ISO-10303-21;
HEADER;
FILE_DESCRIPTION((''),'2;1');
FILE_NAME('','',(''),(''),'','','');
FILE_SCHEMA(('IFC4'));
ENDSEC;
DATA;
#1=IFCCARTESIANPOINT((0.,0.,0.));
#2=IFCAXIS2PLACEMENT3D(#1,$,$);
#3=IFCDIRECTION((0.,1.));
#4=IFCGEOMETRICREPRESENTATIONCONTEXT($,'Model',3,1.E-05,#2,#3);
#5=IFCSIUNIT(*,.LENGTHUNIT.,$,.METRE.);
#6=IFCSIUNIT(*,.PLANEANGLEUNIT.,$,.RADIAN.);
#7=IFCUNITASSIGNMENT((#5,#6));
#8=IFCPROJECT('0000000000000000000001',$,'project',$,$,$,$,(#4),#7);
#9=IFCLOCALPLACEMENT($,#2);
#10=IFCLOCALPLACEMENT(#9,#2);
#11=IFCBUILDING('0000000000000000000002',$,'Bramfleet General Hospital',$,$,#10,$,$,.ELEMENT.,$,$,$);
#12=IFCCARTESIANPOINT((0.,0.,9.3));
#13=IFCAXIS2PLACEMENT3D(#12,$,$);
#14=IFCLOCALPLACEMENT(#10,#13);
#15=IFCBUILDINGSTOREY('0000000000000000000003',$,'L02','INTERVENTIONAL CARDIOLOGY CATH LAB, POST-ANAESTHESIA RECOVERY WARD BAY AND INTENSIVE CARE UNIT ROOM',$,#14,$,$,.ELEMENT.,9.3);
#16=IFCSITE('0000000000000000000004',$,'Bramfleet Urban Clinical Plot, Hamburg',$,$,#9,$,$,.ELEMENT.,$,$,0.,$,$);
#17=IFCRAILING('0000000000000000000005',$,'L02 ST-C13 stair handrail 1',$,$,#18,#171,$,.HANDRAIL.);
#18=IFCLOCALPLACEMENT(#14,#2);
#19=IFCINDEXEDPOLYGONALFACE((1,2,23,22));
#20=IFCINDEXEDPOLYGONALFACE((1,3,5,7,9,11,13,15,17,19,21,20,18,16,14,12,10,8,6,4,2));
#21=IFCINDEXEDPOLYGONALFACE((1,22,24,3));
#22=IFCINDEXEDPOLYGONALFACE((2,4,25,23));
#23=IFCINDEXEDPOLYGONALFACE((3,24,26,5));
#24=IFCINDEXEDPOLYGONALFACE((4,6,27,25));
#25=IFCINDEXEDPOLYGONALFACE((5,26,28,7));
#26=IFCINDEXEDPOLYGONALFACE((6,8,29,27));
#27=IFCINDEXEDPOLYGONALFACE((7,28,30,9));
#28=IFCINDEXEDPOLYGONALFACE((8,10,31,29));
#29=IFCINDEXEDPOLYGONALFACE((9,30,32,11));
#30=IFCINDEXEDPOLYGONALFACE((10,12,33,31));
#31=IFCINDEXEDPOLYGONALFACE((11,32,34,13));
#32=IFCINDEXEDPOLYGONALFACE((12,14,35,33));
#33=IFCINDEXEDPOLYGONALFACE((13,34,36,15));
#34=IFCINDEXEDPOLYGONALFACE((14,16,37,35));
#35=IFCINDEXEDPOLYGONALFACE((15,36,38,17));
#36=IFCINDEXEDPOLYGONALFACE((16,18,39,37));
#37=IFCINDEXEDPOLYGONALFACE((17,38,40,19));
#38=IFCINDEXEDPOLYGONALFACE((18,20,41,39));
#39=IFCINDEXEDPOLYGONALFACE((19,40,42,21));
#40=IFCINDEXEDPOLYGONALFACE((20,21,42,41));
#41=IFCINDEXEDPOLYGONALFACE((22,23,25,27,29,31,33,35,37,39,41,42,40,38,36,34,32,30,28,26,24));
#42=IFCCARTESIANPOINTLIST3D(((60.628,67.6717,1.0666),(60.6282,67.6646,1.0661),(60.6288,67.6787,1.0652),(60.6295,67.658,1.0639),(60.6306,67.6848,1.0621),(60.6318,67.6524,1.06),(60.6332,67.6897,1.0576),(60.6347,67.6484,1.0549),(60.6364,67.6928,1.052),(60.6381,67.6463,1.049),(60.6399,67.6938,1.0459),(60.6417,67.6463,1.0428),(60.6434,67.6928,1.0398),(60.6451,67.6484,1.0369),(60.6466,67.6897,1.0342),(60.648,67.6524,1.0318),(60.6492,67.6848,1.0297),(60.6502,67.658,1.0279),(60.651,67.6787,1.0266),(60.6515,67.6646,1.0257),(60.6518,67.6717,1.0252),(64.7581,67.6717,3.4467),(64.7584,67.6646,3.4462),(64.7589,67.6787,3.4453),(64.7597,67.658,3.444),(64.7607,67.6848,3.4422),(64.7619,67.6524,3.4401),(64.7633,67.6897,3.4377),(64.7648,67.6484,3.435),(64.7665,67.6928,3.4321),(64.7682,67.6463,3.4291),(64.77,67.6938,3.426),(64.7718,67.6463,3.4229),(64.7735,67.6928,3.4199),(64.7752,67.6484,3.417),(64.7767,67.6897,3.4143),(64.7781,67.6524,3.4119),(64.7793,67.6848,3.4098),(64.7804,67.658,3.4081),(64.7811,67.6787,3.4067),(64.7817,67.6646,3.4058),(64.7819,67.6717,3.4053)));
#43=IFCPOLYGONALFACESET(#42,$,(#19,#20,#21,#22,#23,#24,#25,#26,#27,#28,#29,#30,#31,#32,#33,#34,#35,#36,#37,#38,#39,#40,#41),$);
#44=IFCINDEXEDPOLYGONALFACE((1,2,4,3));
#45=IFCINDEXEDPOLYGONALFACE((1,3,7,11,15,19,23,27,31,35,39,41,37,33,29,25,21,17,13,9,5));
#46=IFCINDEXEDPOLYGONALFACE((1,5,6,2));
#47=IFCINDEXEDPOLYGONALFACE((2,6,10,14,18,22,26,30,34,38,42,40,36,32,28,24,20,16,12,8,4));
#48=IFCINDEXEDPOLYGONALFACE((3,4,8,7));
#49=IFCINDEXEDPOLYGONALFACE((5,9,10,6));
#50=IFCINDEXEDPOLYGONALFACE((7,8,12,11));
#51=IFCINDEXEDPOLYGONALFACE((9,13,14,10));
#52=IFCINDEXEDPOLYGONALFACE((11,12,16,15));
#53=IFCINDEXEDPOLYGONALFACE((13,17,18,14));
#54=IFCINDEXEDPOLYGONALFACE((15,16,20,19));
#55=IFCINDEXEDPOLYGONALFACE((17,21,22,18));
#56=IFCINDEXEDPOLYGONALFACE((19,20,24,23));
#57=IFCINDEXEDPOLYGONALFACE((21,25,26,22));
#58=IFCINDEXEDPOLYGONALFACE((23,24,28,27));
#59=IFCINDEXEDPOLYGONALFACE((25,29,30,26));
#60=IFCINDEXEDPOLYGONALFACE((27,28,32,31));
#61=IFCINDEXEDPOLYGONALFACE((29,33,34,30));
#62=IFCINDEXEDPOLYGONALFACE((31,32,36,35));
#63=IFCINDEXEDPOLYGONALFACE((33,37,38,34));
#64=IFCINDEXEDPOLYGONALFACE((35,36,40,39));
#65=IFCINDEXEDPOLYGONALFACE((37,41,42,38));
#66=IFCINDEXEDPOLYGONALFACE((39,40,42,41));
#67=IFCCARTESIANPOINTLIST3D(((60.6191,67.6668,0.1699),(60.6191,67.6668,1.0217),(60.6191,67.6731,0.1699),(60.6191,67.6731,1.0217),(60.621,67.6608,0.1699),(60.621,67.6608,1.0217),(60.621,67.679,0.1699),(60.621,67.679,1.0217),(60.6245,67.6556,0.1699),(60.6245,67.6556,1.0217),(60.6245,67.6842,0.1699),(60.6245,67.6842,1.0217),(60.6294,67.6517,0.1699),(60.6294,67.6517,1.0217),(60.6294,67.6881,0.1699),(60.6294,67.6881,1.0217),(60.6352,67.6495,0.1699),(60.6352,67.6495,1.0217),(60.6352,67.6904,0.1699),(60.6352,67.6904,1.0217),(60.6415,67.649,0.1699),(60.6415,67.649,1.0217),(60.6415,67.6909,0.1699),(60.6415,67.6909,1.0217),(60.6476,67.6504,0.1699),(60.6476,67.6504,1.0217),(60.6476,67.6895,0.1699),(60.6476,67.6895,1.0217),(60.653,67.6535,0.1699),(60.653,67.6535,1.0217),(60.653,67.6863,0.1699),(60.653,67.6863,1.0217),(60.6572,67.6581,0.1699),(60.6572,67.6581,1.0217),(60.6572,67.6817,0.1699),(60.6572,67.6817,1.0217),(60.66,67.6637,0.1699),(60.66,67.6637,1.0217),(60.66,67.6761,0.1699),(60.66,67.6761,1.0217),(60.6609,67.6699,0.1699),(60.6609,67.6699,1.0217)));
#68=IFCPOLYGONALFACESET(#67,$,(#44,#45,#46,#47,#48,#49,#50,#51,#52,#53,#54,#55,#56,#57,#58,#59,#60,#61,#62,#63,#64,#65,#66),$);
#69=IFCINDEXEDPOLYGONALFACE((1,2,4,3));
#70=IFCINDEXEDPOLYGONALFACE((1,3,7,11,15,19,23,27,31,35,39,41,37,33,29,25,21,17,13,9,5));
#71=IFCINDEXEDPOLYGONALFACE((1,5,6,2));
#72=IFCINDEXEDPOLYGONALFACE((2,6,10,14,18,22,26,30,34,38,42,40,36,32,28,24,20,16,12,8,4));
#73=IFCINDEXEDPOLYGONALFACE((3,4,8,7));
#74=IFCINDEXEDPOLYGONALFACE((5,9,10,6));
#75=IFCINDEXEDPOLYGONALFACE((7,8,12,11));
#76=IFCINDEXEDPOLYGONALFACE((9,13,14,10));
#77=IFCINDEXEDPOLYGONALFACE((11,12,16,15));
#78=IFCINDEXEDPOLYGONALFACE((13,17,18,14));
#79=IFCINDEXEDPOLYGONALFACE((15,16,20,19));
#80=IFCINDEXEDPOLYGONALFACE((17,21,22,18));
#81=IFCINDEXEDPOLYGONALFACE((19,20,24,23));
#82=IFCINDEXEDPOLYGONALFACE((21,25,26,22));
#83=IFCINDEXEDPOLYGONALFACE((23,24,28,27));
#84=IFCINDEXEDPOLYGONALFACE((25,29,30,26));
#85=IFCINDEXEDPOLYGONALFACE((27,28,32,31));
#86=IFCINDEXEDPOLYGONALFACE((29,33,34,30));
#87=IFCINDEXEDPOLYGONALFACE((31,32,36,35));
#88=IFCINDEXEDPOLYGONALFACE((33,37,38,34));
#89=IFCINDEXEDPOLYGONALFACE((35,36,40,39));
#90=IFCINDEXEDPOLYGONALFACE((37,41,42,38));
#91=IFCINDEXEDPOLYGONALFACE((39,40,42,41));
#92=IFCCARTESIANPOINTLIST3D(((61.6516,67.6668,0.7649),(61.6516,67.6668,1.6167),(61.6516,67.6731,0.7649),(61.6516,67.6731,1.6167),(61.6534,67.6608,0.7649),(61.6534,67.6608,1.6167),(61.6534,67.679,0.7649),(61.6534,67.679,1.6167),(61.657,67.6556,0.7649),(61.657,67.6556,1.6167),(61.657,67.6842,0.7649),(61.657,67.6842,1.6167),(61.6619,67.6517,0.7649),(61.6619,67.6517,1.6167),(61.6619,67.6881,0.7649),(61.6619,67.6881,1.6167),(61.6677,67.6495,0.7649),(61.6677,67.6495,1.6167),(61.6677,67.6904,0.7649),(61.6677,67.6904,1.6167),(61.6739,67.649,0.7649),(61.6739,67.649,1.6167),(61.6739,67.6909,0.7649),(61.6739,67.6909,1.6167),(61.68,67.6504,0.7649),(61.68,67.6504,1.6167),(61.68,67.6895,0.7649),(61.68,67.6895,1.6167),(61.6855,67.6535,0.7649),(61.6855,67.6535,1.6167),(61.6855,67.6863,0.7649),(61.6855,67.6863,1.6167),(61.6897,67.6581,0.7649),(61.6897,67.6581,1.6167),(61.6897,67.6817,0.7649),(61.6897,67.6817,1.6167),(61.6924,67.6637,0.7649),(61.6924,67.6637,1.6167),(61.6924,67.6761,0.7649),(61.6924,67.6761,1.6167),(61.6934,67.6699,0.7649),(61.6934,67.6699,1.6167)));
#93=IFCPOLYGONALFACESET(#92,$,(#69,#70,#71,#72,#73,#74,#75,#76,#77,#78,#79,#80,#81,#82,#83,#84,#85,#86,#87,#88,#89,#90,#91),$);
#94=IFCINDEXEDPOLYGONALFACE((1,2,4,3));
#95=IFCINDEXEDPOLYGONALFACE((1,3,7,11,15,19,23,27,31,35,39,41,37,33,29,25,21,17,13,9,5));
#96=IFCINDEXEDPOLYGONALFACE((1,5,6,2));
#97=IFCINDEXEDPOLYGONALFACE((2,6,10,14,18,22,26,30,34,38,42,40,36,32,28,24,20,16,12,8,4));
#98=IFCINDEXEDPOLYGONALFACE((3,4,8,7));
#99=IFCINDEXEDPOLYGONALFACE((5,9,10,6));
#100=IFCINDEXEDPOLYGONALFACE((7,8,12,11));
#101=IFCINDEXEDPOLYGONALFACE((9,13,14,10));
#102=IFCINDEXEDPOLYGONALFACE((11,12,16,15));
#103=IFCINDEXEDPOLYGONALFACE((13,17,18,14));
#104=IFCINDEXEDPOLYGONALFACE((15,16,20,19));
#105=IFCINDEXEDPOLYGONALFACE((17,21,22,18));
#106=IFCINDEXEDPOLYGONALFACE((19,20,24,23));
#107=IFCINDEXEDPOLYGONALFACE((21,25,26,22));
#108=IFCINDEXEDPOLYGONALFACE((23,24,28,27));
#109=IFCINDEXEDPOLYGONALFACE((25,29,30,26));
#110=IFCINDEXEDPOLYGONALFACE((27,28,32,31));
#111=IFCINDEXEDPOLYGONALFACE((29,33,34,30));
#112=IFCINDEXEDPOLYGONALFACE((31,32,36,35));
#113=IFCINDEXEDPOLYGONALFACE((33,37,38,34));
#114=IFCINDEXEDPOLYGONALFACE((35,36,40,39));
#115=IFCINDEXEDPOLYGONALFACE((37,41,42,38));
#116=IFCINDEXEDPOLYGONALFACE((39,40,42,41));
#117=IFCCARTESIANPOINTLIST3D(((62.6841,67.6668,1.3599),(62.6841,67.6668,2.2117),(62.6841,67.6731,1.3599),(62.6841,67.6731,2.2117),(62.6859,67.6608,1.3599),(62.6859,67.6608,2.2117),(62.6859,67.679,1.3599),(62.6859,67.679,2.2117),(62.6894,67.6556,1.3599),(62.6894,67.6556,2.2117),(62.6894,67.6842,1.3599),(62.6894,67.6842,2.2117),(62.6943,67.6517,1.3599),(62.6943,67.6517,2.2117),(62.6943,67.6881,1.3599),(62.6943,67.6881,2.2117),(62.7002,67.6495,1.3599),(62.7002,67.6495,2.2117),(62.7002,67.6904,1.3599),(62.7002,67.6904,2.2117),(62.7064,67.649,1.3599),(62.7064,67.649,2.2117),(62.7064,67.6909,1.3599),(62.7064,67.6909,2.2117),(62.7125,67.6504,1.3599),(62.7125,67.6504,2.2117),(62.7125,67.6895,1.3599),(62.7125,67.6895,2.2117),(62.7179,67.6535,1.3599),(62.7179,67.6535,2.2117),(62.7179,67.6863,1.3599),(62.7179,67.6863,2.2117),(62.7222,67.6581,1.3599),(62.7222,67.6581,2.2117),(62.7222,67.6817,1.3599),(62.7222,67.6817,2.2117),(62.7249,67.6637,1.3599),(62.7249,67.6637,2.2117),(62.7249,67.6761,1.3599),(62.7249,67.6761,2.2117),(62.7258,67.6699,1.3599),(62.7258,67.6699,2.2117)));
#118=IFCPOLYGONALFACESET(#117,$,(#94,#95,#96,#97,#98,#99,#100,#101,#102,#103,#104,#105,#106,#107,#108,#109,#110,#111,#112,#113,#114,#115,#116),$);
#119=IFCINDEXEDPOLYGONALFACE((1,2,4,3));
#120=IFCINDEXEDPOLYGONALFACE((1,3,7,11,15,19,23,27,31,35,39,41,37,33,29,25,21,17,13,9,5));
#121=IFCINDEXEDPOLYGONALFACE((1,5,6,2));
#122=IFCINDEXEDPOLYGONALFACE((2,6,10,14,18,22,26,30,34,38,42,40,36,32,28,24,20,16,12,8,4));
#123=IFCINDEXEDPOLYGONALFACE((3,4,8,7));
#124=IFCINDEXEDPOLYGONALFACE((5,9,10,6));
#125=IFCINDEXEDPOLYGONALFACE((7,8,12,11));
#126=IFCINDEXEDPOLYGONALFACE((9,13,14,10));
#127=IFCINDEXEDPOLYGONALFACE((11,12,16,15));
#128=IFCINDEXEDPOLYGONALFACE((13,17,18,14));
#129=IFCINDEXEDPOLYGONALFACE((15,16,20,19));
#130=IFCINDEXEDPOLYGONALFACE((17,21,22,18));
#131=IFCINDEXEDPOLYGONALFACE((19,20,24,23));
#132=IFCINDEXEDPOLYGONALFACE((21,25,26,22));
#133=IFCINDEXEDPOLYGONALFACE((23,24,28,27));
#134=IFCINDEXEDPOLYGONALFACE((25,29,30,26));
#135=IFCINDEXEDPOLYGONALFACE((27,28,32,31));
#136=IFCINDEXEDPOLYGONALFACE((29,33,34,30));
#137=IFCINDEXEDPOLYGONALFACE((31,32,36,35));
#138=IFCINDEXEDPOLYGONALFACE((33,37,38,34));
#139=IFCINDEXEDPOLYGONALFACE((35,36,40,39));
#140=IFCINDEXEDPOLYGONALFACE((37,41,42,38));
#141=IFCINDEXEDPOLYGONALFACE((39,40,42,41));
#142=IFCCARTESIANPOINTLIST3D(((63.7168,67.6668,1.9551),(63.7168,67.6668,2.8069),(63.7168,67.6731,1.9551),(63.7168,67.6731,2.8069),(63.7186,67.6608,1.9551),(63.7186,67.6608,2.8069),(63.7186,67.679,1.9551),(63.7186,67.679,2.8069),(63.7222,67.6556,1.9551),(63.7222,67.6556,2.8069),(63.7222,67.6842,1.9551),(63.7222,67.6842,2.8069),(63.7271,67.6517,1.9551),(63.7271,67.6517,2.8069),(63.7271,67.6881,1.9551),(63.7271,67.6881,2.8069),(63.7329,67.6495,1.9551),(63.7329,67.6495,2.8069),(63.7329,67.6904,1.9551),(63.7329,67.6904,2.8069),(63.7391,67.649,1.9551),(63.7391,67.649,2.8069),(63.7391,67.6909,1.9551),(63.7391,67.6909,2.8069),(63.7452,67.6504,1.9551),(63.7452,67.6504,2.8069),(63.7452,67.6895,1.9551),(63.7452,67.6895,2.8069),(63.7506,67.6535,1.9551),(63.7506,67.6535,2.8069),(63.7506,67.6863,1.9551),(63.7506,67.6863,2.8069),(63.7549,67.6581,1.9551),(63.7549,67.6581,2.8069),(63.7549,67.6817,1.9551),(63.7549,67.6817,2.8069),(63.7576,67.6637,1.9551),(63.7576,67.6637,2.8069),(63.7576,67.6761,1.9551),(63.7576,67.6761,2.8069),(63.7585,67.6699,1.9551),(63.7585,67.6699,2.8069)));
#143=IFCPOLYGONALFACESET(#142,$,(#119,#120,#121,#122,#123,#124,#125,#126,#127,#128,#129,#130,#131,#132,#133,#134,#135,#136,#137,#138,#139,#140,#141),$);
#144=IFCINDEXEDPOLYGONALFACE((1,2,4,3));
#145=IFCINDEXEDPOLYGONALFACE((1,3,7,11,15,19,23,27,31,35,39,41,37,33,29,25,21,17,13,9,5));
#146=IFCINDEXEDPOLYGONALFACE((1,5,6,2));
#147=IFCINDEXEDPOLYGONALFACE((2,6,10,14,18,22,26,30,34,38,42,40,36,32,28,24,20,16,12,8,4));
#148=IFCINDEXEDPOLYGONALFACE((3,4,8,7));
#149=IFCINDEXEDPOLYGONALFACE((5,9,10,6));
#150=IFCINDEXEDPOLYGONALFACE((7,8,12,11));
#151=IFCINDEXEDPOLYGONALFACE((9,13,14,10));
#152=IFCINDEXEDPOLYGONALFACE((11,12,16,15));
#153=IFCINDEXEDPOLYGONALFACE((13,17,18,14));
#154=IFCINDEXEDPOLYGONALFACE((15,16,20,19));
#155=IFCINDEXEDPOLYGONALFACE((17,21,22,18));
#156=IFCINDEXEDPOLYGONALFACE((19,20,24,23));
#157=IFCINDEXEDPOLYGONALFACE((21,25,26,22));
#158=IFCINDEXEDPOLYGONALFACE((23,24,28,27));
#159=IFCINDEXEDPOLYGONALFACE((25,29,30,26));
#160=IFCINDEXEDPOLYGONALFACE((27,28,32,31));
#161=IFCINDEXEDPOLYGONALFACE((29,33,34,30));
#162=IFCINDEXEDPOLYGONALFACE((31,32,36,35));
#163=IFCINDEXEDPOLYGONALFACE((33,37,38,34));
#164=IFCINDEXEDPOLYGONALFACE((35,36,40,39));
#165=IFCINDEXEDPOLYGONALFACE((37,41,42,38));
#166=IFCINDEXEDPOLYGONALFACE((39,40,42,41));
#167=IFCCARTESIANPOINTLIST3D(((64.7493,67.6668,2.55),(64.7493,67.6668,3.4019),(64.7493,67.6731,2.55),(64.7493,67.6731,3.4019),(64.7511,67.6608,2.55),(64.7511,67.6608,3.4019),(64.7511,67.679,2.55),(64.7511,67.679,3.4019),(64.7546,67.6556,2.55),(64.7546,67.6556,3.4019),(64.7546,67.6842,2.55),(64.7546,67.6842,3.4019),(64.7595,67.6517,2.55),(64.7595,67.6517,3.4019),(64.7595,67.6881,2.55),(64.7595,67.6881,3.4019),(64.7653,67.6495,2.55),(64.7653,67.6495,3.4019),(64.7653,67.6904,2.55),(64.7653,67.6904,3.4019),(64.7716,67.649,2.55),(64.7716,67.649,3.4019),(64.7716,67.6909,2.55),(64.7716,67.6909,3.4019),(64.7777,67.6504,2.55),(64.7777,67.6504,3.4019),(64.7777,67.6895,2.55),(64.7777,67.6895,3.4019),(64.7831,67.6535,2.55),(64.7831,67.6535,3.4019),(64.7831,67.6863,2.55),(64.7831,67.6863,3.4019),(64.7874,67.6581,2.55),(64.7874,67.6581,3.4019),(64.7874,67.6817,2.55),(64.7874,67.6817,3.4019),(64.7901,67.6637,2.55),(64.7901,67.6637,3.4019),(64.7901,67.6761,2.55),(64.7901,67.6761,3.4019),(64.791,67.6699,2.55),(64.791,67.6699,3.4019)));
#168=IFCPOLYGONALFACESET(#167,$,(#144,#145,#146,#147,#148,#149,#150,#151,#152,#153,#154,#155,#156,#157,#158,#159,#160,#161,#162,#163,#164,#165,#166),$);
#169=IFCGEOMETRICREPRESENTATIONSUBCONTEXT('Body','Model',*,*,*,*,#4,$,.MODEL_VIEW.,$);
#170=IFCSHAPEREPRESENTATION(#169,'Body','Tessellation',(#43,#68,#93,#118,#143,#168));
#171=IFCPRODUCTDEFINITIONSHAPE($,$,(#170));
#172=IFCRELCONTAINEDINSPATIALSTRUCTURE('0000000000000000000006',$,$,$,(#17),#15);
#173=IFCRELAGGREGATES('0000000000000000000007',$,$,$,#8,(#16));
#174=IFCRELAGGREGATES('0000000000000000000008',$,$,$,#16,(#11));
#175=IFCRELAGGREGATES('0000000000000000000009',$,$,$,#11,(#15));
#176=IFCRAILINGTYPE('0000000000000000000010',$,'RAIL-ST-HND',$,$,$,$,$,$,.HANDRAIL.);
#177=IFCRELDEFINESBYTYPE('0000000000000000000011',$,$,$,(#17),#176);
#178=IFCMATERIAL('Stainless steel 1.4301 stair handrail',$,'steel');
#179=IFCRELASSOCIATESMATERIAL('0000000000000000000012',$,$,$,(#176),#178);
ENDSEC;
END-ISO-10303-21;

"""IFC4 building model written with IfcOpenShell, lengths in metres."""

from ifc_helpers import new_model, si_unit, direction, frame, origin, origin_2d, place, context, subcontext, project, spatial, circle, extrude, material, type_object, element, save


model = new_model("IFC4")

# Units and contexts
model_context = context("Model", 3, precision=1e-05, world=origin(), true_north=direction((0.0, 1.0)))
body_context = subcontext(model_context, "Body", "Model", "MODEL_VIEW")
ifc_project = project(units=[si_unit("LENGTHUNIT", "METRE"), si_unit("PLANEANGLEUNIT", "RADIAN")], contexts=[model_context])

# Site, building, storey
site_placement = place(None, origin())
site = spatial("IfcSite", under=ifc_project, at=site_placement, Name="Bramfleet Urban Clinical Plot, Hamburg", CompositionType="ELEMENT", RefElevation=0.0)
building_placement = place(site_placement, origin())
building = spatial("IfcBuilding", under=site, at=building_placement, Name="Bramfleet General Hospital", CompositionType="ELEMENT")
storey_placement = place(building_placement, frame((0.0, 0.0, 9.3)))
storey = spatial("IfcBuildingStorey", under=building, at=storey_placement, Name="L02", Description="INTERVENTIONAL CARDIOLOGY CATH LAB, POST-ANAESTHESIA RECOVERY WARD BAY AND INTENSIVE CARE UNIT ROOM", CompositionType="ELEMENT", Elevation=9.3)

# Railing
ifc_material_1 = material(Name="Stainless steel 1.4301 stair handrail", Category="steel")
railing_type_1 = type_object("IfcRailingType", Name="RAIL-ST-HND", PredefinedType="HANDRAIL", material=ifc_material_1)
railing_1_placement = place(storey_placement, frame((60.6399, 67.6699, 0.1699)))
element("IfcRailing", 1, at=railing_1_placement, inside=storey, type_object=railing_type_1, Name="L02 ST-C13 stair handrail 1", PredefinedType="HANDRAIL", context=body_context, shape_type="SweptSolid", body=[
    extrude(circle(Radius=0.0239, at=origin_2d()), frame((0.0, 0.0, 0.876), z_axis=(0.866425, 0.0, 0.499307), x_axis=(0.0, 1.0, 0.0)), (0.0, 0.0, 1.0), 4.7668),
    extrude(circle(Radius=0.021, at=origin_2d()), origin(), (0.0, 0.0, 1.0), 0.8518),
    extrude(circle(Radius=0.021, at=origin_2d()), frame((1.0325, 0.0, 0.595)), (0.0, 0.0, 1.0), 0.8518),
    extrude(circle(Radius=0.021, at=origin_2d()), frame((2.0649, 0.0, 1.1899)), (0.0, 0.0, 1.0), 0.8518),
    extrude(circle(Radius=0.021, at=origin_2d()), frame((3.0977, 0.0, 1.7852)), (0.0, 0.0, 1.0), 0.8518),
    extrude(circle(Radius=0.021, at=origin_2d()), frame((4.1301, 0.0, 2.3801)), (0.0, 0.0, 1.0), 0.8518),
])

save(model, "model.ifc")
